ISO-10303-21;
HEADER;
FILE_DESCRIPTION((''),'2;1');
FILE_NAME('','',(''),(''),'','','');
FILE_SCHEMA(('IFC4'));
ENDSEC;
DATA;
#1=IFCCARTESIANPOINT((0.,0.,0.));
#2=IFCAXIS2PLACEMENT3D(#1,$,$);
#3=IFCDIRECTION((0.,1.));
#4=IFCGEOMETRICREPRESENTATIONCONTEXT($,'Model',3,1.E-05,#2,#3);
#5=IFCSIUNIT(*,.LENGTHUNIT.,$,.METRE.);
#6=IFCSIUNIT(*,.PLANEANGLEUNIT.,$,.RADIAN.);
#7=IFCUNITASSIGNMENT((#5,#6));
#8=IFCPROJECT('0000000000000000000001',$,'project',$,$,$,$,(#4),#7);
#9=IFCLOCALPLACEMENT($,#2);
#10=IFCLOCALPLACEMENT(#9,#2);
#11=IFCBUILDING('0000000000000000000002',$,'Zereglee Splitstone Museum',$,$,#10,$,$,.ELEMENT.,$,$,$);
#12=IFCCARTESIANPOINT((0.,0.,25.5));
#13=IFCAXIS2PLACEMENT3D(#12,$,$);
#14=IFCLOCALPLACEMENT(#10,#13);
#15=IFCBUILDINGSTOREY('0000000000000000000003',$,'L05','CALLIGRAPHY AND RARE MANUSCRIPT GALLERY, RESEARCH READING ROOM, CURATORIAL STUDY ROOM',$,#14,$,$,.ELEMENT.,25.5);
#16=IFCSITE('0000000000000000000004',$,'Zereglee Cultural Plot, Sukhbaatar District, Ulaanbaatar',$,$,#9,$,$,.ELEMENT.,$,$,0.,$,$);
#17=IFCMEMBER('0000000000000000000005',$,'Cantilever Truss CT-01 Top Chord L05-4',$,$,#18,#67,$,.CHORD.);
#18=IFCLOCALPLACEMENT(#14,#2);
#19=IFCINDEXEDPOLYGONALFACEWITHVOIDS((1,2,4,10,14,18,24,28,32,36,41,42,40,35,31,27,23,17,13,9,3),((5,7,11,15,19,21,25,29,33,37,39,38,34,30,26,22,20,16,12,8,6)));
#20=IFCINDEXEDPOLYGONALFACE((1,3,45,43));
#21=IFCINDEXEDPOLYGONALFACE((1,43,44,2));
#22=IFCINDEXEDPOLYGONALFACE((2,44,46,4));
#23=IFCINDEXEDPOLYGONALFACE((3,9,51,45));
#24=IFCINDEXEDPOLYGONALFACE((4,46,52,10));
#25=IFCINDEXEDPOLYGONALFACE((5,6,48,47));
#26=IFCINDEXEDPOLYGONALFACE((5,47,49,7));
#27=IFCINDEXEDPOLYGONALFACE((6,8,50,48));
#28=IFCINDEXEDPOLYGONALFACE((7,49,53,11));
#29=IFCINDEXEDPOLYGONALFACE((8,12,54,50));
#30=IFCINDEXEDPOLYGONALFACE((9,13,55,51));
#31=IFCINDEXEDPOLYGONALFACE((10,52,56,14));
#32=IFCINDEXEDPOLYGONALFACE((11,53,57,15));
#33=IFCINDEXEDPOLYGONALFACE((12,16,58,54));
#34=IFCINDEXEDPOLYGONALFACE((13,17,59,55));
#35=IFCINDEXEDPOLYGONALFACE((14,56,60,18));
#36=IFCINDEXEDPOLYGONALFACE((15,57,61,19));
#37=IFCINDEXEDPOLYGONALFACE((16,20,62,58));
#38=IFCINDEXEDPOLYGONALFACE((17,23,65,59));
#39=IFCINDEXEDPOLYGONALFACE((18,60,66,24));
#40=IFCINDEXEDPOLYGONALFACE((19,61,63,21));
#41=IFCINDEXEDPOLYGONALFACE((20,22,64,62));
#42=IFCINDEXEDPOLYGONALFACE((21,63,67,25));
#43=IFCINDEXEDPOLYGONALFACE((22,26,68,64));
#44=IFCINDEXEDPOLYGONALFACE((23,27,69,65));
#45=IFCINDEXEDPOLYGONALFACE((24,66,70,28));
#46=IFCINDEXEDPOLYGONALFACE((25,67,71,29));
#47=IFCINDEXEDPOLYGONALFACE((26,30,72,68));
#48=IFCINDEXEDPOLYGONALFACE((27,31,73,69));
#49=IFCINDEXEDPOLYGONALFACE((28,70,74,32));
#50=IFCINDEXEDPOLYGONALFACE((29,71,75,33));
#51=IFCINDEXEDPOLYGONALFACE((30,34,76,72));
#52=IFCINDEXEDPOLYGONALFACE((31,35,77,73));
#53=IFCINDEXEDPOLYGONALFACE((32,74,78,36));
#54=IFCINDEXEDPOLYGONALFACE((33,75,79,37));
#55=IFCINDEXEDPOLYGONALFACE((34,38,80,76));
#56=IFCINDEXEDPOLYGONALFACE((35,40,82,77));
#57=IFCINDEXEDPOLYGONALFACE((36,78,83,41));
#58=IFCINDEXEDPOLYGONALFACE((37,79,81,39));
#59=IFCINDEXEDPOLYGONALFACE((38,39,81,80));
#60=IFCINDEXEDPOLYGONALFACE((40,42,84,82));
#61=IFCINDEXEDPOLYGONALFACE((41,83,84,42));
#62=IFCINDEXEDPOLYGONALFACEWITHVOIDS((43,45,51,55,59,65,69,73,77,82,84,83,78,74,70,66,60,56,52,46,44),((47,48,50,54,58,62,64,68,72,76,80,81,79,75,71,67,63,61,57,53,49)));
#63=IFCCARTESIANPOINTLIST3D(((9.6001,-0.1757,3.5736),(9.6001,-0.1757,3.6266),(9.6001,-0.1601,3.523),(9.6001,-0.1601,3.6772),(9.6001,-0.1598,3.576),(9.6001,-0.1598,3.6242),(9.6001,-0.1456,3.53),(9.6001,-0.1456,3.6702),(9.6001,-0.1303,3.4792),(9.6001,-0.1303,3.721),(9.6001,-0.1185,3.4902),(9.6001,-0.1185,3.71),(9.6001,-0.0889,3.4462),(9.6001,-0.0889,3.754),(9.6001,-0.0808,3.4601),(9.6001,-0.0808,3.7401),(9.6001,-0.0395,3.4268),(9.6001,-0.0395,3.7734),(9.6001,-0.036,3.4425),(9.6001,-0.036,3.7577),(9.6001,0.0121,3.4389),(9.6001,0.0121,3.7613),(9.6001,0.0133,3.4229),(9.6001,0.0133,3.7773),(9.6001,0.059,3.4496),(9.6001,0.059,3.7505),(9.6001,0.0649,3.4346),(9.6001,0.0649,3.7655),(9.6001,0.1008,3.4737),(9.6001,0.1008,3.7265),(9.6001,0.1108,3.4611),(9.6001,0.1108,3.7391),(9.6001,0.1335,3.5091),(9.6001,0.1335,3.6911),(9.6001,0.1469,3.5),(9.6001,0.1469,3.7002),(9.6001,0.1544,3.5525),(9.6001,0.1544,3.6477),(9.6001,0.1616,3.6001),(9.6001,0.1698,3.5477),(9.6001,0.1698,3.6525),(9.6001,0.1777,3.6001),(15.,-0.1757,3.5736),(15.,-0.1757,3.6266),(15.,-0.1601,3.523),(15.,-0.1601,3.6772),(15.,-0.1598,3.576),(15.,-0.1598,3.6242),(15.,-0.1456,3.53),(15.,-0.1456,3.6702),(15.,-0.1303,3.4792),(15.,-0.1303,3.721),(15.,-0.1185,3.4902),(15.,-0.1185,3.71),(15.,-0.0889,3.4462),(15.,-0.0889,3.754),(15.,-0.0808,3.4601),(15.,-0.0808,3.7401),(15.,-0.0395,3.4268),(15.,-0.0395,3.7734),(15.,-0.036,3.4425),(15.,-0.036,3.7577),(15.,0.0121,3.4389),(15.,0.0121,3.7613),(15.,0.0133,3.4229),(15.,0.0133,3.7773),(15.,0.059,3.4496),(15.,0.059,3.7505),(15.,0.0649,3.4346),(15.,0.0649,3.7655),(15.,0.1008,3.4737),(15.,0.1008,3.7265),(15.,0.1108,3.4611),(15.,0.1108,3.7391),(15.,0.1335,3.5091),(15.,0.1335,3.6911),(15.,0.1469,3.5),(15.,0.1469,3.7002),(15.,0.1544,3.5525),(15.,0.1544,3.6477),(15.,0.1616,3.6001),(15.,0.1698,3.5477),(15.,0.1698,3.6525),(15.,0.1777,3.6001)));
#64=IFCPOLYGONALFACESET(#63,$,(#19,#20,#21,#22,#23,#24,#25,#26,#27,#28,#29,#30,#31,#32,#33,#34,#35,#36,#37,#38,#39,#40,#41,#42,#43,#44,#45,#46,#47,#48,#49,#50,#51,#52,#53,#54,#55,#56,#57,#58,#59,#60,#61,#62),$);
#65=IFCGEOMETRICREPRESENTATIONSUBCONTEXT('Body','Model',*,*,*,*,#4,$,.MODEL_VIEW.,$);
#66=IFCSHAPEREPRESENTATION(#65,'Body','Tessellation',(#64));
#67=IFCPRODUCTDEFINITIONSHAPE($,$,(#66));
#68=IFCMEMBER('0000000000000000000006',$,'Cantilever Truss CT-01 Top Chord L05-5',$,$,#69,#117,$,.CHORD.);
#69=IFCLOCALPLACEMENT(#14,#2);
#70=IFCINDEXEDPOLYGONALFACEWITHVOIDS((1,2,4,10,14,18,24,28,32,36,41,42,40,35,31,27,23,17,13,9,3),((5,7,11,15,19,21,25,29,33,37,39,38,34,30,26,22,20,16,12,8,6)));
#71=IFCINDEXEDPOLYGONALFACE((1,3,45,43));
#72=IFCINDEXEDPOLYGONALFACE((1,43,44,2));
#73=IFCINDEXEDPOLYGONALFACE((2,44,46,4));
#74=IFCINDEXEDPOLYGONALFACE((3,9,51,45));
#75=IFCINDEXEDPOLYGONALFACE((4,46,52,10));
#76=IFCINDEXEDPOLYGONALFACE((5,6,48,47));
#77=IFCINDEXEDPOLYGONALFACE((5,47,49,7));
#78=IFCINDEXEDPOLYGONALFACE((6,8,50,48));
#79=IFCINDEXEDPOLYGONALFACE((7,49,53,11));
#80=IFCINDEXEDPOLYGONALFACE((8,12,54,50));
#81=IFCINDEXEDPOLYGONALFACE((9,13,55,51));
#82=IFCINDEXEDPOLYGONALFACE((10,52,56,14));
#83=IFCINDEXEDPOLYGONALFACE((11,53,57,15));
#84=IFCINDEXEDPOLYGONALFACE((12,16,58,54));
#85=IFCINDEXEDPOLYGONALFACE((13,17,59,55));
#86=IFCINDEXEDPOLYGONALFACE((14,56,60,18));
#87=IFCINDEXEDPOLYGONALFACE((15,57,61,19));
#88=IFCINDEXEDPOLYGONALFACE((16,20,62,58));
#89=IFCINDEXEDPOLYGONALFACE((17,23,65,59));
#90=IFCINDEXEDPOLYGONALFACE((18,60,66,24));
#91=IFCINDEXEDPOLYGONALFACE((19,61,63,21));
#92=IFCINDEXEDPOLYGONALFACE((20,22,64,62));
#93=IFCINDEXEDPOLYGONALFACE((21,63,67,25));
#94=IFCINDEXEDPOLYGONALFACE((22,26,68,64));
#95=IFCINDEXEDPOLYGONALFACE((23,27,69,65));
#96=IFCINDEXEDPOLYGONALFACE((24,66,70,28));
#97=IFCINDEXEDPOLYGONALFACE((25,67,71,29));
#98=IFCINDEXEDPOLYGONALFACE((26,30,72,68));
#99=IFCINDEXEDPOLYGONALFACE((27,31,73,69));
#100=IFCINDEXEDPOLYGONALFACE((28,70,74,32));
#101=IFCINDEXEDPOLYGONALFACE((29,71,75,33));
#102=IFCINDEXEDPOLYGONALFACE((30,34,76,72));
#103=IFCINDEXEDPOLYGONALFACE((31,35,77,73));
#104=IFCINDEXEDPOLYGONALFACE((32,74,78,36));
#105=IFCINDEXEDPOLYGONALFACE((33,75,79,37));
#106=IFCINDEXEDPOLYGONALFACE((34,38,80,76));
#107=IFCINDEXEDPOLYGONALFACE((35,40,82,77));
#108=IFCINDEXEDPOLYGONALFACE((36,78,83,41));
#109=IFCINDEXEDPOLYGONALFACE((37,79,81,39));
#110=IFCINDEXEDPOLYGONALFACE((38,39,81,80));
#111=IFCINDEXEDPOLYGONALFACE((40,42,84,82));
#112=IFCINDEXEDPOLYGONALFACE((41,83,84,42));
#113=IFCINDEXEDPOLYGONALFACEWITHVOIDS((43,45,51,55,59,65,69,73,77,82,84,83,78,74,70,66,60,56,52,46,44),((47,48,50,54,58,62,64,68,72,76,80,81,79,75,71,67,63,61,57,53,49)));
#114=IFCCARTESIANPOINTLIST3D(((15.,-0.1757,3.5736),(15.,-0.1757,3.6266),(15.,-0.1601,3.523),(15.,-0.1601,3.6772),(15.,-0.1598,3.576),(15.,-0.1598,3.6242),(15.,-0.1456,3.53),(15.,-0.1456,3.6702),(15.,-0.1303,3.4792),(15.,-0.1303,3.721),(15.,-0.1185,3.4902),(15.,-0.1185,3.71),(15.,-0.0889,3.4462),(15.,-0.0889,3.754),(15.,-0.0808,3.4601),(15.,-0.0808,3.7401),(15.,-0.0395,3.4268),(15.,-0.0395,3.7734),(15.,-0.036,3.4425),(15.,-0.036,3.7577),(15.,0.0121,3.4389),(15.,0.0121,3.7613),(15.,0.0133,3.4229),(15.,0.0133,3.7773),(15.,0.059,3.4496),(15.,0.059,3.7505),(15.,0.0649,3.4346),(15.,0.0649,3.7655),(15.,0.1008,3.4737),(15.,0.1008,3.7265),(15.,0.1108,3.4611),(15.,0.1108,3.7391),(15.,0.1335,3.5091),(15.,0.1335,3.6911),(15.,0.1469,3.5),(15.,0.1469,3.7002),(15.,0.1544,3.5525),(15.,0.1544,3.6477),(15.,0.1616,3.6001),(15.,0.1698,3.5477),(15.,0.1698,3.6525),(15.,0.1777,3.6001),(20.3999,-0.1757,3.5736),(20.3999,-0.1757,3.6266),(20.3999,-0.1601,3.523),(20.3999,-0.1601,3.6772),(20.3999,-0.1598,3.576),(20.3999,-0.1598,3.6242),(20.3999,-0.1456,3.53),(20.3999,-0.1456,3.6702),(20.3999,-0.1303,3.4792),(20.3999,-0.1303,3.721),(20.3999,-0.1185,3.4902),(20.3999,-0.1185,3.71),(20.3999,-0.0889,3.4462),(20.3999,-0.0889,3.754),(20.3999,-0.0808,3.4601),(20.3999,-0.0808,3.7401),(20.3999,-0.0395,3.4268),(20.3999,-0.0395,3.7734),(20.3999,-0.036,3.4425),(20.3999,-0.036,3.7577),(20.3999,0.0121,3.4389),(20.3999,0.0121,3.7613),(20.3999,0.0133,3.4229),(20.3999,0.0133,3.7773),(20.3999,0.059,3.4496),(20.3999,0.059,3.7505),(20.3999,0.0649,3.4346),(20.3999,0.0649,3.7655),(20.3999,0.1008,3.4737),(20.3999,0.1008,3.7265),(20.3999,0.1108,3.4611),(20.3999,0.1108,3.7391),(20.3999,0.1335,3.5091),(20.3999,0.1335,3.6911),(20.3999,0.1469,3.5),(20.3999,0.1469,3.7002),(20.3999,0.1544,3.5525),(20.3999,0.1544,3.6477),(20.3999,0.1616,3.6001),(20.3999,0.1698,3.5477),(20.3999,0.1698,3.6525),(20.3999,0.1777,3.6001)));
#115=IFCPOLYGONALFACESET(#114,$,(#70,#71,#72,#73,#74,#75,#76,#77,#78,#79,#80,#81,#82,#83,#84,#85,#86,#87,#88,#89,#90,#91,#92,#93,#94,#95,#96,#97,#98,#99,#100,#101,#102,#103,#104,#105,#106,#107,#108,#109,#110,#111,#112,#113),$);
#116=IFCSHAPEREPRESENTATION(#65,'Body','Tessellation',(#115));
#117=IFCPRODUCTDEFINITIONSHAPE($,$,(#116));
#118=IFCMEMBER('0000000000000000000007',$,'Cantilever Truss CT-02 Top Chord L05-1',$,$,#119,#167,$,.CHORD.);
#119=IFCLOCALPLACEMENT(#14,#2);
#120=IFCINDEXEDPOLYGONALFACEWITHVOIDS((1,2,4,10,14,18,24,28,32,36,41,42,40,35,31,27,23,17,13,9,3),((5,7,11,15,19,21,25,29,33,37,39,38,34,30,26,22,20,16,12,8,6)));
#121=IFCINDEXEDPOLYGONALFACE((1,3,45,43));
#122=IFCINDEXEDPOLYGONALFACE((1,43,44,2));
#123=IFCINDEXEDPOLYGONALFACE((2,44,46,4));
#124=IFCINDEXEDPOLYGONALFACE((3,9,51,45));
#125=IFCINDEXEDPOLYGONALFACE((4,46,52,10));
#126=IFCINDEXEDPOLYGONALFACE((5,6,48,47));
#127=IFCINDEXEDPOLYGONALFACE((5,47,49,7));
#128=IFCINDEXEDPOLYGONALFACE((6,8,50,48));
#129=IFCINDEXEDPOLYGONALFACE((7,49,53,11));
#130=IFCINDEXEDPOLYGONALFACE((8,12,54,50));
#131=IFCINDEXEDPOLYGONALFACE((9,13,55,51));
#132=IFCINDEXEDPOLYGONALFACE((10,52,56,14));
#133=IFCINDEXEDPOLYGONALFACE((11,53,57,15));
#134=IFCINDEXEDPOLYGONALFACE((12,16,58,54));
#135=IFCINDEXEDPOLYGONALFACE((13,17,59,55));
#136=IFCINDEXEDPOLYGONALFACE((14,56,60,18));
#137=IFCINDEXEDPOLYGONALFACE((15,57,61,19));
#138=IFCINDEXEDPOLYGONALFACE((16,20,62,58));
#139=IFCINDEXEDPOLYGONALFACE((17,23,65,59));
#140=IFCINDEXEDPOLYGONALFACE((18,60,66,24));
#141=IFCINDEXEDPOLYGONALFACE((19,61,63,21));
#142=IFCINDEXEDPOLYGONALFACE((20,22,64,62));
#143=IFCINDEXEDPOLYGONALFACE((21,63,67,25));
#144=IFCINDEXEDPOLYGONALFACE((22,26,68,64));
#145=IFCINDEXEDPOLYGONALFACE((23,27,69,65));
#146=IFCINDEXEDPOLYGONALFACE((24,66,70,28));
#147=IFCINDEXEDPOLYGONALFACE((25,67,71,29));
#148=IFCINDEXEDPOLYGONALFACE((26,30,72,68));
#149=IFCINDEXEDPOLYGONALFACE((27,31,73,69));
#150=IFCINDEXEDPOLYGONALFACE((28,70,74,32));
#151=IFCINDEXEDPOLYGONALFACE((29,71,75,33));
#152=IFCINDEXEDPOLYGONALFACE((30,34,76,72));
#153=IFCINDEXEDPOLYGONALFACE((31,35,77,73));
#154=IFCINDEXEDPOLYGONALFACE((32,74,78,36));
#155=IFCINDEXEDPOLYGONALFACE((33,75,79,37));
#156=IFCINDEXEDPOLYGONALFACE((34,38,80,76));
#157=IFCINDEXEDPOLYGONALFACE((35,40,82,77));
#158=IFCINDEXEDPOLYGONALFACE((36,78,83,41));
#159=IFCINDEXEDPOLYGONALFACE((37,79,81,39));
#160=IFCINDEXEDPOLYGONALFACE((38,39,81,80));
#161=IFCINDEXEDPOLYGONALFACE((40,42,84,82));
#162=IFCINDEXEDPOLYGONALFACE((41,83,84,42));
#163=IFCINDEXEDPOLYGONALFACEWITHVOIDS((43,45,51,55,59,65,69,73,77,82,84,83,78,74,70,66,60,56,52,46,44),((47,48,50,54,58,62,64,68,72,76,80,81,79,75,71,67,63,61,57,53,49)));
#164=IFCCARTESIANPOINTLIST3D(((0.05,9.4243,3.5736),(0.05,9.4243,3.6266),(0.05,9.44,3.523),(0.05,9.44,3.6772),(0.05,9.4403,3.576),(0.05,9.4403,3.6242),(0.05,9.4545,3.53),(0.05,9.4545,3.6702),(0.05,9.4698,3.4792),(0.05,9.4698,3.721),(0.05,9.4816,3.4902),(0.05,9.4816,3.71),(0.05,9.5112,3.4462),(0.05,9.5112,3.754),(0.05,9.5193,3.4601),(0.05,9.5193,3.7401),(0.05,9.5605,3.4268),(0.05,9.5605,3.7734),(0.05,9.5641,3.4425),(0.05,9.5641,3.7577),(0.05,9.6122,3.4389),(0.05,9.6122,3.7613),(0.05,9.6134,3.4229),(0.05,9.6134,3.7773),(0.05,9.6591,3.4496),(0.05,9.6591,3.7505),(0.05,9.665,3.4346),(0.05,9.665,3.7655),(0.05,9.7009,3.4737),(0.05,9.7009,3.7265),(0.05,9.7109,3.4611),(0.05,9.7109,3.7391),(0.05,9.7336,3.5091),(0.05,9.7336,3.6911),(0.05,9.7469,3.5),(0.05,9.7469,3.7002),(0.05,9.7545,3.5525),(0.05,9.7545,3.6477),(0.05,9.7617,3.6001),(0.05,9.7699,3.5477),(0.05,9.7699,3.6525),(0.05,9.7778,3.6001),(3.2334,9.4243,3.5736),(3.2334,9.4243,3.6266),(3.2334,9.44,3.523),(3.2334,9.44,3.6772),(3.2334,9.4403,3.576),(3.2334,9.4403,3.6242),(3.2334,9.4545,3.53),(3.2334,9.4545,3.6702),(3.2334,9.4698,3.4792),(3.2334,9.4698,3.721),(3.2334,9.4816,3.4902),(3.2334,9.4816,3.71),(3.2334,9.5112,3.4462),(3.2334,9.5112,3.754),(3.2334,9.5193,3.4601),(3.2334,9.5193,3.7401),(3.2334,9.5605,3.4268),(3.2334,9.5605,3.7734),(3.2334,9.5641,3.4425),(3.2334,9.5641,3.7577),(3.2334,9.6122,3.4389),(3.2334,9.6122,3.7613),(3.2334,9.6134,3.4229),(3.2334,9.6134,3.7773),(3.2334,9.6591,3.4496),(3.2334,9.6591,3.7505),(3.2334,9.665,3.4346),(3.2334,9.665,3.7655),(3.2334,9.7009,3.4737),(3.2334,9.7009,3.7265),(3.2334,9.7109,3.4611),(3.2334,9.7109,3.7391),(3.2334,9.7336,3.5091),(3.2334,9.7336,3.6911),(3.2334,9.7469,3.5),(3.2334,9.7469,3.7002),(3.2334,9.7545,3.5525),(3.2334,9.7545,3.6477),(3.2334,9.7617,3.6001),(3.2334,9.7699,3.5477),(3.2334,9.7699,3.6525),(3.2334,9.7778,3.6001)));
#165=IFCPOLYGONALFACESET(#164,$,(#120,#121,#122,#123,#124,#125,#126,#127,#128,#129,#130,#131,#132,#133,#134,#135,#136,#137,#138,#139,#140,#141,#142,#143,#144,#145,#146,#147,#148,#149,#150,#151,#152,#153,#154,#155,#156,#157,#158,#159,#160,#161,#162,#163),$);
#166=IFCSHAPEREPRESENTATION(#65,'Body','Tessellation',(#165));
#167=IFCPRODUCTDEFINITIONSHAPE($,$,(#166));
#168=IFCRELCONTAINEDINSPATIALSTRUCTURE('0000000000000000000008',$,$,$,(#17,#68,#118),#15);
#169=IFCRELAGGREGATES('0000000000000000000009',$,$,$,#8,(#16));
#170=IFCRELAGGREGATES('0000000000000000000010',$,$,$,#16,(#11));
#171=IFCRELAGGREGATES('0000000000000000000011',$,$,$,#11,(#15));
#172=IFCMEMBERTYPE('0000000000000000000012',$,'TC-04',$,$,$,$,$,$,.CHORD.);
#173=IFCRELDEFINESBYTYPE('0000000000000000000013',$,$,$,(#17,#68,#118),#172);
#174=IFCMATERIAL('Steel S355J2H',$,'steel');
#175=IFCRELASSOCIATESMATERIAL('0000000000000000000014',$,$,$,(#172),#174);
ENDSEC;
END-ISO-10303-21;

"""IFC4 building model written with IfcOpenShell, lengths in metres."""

from ifc_helpers import new_model, si_unit, direction, frame, origin, origin_2d, place, context, subcontext, project, spatial, hollow_circle, extrude, material, material_profile, profile_set, type_object, element, save


model = new_model("IFC4")

# Units and contexts
model_context = context("Model", 3, precision=1e-05, world=origin(), true_north=direction((0.0, 1.0)))
body_context = subcontext(model_context, "Body", "Model", "MODEL_VIEW")
ifc_project = project(units=[si_unit("LENGTHUNIT", "METRE"), si_unit("PLANEANGLEUNIT", "RADIAN")], contexts=[model_context])

# Site, building, storey
site_placement = place(None, origin())
site = spatial("IfcSite", under=ifc_project, at=site_placement, Name="Zereglee Cultural Plot, Sukhbaatar District, Ulaanbaatar", CompositionType="ELEMENT", RefElevation=0.0)
building_placement = place(site_placement, origin())
building = spatial("IfcBuilding", under=site, at=building_placement, Name="Zereglee Splitstone Museum", CompositionType="ELEMENT")
storey_placement = place(building_placement, frame((0.0, 0.0, 25.5)))
storey = spatial("IfcBuildingStorey", under=building, at=storey_placement, Name="L05", Description="CALLIGRAPHY AND RARE MANUSCRIPT GALLERY, RESEARCH READING ROOM, CURATORIAL STUDY ROOM", CompositionType="ELEMENT", Elevation=25.5)

# Members
ifc_material_1 = material(Name="Steel S355J2H", Category="steel")
ifc_material_profile_1 = material_profile(ifc_material_1, hollow_circle(Radius=0.1777, WallThickness=0.0161, at=origin_2d()), Name="CHS 355.6x16")
ifc_profile_set_1 = profile_set([ifc_material_profile_1], Name="Steel S355J2H")
member_type = type_object("IfcMemberType", Name="TC-04", PredefinedType="CHORD", material=ifc_profile_set_1)
for number, where, z_axis, x_axis, name in (
    (1, (9.6001, 0.0, 3.6001), (1.0, 0.0, 0.0), (0.0, 1.0, 0.0), "Cantilever Truss CT-01 Top Chord L05-4"),
    (2, (15.0, 0.0, 3.6001), (1.0, 0.0, 0.0), (0.0, 1.0, 0.0), "Cantilever Truss CT-01 Top Chord L05-5"),
):
    element("IfcMember", number, at=place(storey_placement, frame(where, z_axis=z_axis, x_axis=x_axis)), inside=storey, type_object=member_type, Name=name, PredefinedType="CHORD", context=body_context, shape_type="SweptSolid", body=[
        extrude(hollow_circle(Radius=0.1777, WallThickness=0.0161, at=origin_2d()), origin(), (0.0, 0.0, 1.0), 5.3999),
    ])
for number, where, z_axis, x_axis, name in (
    (3, (0.05, 9.6001, 3.6001), (1.0, 0.0, 0.0), (0.0, 1.0, 0.0), "Cantilever Truss CT-02 Top Chord L05-1"),
):
    element("IfcMember", number, at=place(storey_placement, frame(where, z_axis=z_axis, x_axis=x_axis)), inside=storey, type_object=member_type, Name=name, PredefinedType="CHORD", context=body_context, shape_type="SweptSolid", body=[
        extrude(hollow_circle(Radius=0.1777, WallThickness=0.0161, at=origin_2d()), origin(), (0.0, 0.0, 1.0), 3.1833),
    ])

save(model, "model.ifc")
